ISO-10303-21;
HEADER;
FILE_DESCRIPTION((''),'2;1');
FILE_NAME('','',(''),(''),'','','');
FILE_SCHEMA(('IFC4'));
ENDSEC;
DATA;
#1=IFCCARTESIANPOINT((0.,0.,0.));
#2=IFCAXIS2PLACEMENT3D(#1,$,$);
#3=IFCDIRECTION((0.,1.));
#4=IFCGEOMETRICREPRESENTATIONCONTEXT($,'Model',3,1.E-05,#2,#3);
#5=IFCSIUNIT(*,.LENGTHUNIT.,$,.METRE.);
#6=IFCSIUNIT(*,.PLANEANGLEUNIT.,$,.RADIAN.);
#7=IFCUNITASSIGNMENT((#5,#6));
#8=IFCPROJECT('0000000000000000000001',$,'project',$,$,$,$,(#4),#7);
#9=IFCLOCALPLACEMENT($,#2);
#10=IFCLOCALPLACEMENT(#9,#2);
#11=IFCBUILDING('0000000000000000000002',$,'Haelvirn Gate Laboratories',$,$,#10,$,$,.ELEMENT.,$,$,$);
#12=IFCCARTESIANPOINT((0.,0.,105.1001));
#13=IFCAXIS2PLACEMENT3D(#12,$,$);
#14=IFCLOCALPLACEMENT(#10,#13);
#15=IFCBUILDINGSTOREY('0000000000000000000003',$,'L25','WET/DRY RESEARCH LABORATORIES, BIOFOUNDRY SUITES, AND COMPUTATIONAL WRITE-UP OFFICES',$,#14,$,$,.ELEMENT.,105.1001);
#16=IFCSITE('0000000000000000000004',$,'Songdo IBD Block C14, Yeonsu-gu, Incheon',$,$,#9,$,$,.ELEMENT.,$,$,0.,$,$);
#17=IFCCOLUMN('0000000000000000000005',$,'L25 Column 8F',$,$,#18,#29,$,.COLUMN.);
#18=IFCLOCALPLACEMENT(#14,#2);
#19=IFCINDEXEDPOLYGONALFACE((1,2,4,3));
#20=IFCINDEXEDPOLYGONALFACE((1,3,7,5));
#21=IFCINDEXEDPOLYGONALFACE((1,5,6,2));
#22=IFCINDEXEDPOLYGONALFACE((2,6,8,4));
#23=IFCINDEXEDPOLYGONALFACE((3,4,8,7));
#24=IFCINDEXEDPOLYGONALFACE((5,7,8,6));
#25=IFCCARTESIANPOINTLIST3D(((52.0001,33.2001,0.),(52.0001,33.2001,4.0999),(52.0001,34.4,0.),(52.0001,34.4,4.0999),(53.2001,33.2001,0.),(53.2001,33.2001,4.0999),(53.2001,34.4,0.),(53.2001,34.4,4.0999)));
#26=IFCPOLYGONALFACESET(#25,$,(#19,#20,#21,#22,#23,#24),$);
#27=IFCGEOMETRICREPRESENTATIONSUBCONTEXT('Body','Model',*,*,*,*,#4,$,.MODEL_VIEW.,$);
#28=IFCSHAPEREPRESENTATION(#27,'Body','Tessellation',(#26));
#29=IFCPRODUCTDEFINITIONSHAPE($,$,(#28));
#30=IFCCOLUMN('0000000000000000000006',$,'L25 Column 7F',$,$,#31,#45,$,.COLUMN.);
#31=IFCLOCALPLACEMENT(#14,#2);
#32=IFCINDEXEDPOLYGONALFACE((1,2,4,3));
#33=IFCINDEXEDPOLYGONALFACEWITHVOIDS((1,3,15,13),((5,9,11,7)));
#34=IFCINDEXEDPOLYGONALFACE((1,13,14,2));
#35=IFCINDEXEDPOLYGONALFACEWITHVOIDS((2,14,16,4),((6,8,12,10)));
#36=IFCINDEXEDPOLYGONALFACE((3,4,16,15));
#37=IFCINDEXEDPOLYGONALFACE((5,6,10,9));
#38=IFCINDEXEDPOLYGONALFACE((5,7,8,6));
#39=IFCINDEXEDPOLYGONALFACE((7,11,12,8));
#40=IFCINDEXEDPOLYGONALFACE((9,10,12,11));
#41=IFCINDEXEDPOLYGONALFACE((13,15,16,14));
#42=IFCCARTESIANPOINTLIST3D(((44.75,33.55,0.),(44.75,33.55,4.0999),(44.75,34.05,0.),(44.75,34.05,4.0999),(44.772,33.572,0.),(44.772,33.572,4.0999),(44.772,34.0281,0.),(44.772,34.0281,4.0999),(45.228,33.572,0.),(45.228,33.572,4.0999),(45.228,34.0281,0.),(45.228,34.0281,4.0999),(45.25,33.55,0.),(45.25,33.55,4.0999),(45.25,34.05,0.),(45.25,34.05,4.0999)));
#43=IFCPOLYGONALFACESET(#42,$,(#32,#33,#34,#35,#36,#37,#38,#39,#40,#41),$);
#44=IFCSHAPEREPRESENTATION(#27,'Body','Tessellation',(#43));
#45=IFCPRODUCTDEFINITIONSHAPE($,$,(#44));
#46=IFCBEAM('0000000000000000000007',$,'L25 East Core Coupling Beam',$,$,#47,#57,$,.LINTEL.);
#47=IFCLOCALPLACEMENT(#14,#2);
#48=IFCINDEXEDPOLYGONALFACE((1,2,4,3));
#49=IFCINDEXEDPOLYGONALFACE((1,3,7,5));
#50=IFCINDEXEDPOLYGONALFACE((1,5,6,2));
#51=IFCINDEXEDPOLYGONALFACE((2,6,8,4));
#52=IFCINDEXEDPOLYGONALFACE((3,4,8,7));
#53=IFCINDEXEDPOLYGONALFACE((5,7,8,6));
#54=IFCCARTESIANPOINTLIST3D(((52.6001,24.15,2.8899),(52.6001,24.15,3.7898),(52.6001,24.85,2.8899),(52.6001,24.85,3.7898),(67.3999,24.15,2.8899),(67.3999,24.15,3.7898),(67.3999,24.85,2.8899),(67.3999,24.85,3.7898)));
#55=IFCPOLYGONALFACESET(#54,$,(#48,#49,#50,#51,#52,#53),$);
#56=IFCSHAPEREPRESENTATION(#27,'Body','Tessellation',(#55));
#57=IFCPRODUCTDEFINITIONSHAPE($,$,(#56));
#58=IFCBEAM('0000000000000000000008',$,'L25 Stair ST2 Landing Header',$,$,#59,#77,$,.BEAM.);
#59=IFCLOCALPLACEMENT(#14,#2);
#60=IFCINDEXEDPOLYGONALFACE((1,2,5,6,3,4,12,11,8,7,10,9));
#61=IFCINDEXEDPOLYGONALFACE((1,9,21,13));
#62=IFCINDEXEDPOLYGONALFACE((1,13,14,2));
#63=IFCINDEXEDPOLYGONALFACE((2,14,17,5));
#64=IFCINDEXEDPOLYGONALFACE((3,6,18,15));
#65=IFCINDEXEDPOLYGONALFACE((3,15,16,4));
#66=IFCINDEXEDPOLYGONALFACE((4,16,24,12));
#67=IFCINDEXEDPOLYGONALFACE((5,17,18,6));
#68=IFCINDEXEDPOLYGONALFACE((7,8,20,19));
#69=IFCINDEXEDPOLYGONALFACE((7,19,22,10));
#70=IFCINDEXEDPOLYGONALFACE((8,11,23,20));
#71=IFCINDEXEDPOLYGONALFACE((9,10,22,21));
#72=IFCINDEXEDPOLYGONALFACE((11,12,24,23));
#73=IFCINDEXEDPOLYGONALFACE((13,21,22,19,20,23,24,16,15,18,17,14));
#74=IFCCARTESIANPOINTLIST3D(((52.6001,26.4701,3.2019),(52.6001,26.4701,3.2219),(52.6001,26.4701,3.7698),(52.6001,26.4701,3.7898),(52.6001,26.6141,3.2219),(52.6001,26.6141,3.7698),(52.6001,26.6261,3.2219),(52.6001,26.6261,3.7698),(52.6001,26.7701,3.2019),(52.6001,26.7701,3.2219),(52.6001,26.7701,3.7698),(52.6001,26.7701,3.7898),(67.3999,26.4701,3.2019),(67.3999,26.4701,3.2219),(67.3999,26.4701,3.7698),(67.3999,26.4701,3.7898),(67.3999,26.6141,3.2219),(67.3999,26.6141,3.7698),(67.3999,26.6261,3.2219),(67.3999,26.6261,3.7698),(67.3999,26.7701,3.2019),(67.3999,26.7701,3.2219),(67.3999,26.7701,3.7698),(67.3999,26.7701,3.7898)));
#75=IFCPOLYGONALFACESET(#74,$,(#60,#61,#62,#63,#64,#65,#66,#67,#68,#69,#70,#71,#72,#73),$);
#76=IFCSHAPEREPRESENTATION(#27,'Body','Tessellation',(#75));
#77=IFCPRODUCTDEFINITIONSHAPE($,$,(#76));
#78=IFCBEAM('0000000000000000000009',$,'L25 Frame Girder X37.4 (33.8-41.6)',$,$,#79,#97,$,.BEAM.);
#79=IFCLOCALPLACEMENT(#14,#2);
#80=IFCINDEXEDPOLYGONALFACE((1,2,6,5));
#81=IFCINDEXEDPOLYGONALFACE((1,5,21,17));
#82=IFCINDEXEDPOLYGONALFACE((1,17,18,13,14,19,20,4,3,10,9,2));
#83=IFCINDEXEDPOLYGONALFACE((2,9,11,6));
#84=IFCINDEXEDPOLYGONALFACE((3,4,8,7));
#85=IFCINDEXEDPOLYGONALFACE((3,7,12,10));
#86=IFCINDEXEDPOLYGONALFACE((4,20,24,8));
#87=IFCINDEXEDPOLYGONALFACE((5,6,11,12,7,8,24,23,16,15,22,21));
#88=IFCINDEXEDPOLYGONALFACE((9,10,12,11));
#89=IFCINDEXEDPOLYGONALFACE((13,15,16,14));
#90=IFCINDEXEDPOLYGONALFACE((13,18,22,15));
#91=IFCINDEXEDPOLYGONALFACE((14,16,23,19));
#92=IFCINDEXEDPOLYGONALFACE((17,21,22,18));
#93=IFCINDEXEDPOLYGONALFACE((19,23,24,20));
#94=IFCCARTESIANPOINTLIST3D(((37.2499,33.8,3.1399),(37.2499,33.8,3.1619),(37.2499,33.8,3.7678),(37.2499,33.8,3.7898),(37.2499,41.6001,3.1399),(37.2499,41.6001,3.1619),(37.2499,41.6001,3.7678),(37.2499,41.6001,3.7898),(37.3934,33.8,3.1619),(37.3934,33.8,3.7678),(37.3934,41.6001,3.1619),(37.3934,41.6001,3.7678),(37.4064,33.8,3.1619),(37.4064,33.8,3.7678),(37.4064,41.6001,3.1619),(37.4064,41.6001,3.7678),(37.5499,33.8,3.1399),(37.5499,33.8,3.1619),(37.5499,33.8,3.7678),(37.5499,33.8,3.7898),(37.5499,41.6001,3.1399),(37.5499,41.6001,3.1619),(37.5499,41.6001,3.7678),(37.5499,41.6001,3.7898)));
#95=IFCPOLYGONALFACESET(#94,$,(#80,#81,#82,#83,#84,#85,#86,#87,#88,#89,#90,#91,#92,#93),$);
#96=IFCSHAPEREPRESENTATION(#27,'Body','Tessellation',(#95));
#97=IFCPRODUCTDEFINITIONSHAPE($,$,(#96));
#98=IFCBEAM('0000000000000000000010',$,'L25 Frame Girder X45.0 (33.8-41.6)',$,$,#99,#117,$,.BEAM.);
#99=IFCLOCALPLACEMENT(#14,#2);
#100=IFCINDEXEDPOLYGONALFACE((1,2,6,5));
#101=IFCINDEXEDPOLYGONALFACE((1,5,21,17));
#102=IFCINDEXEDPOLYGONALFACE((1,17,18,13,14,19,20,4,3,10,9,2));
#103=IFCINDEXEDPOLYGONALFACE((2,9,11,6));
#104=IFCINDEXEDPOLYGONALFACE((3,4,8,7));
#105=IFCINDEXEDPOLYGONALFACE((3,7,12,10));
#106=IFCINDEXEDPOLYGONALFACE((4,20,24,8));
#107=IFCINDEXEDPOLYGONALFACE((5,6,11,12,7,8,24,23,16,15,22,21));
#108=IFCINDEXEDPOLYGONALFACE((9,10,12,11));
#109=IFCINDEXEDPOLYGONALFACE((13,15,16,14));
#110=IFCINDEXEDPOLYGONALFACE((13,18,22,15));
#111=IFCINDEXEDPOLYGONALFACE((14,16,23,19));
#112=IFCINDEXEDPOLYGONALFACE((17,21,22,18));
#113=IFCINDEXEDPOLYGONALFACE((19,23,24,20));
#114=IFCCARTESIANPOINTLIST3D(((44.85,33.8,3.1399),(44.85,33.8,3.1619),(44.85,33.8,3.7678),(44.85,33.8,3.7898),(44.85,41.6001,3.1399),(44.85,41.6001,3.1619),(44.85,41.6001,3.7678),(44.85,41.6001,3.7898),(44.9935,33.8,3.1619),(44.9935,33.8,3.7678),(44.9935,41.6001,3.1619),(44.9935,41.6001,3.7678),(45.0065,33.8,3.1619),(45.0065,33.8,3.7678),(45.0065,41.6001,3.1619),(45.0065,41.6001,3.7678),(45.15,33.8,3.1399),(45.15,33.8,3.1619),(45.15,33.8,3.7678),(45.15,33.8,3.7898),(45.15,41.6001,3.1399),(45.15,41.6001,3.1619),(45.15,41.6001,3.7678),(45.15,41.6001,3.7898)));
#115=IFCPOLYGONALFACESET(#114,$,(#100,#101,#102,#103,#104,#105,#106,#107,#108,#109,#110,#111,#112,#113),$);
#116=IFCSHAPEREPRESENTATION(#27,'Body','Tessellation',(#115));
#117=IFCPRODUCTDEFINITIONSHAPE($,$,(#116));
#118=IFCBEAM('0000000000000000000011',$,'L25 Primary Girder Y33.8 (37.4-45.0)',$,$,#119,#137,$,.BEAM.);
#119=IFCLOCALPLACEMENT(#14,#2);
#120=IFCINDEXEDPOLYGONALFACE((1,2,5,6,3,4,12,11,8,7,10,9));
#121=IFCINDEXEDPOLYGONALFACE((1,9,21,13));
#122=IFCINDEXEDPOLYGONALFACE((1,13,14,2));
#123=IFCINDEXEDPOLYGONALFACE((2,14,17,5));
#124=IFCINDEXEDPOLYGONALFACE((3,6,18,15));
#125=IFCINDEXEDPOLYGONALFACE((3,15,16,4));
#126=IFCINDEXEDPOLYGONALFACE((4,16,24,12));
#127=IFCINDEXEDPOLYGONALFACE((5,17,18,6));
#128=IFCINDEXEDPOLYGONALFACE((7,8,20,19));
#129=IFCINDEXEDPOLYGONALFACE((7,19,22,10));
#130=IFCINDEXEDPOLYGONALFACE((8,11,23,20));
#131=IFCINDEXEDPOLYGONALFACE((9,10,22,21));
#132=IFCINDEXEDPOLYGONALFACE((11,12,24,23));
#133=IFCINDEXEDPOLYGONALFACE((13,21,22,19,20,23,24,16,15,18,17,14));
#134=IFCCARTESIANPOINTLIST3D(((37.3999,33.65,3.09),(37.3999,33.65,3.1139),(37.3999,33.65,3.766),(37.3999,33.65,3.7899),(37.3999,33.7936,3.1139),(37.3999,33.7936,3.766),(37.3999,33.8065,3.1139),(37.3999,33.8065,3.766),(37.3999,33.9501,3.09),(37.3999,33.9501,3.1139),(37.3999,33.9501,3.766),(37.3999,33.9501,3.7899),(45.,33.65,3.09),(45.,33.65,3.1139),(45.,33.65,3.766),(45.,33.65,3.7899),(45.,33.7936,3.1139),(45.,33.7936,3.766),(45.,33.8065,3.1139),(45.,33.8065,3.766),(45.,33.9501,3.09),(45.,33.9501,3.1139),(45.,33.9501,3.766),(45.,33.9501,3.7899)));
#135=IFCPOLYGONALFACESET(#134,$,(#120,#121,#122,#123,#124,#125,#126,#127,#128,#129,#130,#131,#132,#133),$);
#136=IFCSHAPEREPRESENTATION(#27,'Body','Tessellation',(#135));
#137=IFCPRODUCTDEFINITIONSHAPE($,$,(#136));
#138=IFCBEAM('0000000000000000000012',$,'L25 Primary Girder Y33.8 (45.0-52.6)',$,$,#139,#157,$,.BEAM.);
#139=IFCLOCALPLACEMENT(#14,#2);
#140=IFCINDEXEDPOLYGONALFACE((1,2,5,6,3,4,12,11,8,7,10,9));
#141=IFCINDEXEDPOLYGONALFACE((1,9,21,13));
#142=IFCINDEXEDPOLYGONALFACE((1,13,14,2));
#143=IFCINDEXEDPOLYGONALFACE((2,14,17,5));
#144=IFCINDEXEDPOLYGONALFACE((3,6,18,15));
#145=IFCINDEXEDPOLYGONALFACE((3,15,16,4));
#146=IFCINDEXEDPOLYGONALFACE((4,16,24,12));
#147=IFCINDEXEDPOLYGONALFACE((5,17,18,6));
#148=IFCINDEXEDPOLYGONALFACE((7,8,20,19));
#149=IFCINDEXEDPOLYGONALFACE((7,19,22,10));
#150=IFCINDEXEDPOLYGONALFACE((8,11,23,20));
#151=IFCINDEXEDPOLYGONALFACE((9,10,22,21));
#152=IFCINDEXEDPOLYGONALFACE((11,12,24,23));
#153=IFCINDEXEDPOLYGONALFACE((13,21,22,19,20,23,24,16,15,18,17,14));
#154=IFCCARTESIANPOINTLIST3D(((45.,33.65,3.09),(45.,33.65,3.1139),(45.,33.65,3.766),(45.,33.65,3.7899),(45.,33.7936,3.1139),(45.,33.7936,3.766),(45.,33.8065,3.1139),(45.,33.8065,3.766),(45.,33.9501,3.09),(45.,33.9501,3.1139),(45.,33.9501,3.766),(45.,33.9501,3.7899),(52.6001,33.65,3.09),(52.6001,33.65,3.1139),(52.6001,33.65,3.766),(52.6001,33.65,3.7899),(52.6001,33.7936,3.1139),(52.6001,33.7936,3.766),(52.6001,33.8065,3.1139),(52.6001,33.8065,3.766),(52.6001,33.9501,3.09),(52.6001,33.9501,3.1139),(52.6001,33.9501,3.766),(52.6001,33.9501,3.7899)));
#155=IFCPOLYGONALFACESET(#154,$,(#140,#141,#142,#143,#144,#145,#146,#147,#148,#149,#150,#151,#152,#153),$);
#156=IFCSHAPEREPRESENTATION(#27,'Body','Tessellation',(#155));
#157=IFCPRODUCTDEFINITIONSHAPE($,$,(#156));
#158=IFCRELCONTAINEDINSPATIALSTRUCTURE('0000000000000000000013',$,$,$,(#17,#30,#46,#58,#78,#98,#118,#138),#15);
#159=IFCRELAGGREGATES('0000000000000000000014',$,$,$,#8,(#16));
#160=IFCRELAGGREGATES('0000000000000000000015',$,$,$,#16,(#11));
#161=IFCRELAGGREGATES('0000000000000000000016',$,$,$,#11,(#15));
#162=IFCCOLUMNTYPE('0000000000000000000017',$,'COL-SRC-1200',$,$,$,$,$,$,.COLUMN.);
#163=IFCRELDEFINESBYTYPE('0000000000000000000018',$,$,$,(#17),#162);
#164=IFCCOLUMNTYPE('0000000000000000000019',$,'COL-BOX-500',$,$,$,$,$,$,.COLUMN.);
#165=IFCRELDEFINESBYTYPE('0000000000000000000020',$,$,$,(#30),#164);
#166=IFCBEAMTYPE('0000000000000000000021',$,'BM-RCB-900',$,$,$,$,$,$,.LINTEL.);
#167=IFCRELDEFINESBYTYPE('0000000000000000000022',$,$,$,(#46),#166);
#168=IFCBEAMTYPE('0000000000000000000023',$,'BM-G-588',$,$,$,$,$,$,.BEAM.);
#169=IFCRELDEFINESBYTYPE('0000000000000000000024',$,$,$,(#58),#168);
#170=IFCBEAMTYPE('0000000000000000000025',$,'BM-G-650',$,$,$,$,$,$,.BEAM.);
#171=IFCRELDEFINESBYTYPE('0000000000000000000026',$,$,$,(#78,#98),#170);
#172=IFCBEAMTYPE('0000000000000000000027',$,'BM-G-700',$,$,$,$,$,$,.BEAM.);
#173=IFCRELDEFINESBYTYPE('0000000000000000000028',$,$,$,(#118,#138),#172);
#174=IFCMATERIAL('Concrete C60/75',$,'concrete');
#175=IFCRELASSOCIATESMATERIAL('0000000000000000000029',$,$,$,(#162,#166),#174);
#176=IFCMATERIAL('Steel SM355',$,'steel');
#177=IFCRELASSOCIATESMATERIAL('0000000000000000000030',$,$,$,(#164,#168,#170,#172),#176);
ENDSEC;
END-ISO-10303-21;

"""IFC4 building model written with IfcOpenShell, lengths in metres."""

from ifc_helpers import new_model, si_unit, direction, frame, origin, origin_2d, place, context, subcontext, project, spatial, rectangle, hollow_rectangle, i_section, extrude, source, transform, mapped, material, material_profile, profile_set, type_object, type_shapes, element, save


model = new_model("IFC4")

# Units and contexts
model_context = context("Model", 3, precision=1e-05, world=origin(), true_north=direction((0.0, 1.0)))
body_context = subcontext(model_context, "Body", "Model", "MODEL_VIEW")
ifc_project = project(units=[si_unit("LENGTHUNIT", "METRE"), si_unit("PLANEANGLEUNIT", "RADIAN")], contexts=[model_context])

# Site, building, storey
site_placement = place(None, origin())
site = spatial("IfcSite", under=ifc_project, at=site_placement, Name="Songdo IBD Block C14, Yeonsu-gu, Incheon", CompositionType="ELEMENT", RefElevation=0.0)
building_placement = place(site_placement, origin())
building = spatial("IfcBuilding", under=site, at=building_placement, Name="Haelvirn Gate Laboratories", CompositionType="ELEMENT")
storey_placement = place(building_placement, frame((0.0, 0.0, 105.1001)))
storey = spatial("IfcBuildingStorey", under=building, at=storey_placement, Name="L25", Description="WET/DRY RESEARCH LABORATORIES, BIOFOUNDRY SUITES, AND COMPUTATIONAL WRITE-UP OFFICES", CompositionType="ELEMENT", Elevation=105.1001)

# Columns
ifc_material_1 = material(Name="Concrete C60/75", Category="concrete")
ifc_material_profile_1 = material_profile(ifc_material_1, rectangle(XDim=1.2, YDim=1.2, at=origin_2d()), Name="SRC-1200x1200")
ifc_profile_set_1 = profile_set([ifc_material_profile_1], Name="Concrete C60/75")
column_type_1 = type_object("IfcColumnType", Name="COL-SRC-1200", PredefinedType="COLUMN", material=ifc_profile_set_1)
shared_shape_1 = source(origin(), body_context, "Body", "SweptSolid", [
    extrude(rectangle(XDim=1.2, YDim=1.2, at=origin_2d()), origin(), (0.0, 0.0, 1.0), 4.0999),
])
type_shapes(column_type_1, [shared_shape_1])
column_1_placement = place(storey_placement, frame((52.6001, 33.8, 0.0), z_axis=(0.0, 0.0, 1.0), x_axis=(1.0, 0.0, 0.0)))
element("IfcColumn", 1, at=column_1_placement, inside=storey, type_object=column_type_1, Name="L25 Column 8F", PredefinedType="COLUMN", context=body_context, shape_type="MappedRepresentation", body=[
    mapped(shared_shape_1, transform((0.0, 0.0, 0.0), scale=1.0)),
])
ifc_material_2 = material(Name="Steel SM355", Category="steel")
ifc_material_profile_2 = material_profile(ifc_material_2, hollow_rectangle(XDim=0.5, YDim=0.5, WallThickness=0.022, at=origin_2d()), Name="BOX-500x500x22")
ifc_profile_set_2 = profile_set([ifc_material_profile_2], Name="Steel SM355")
column_type_2 = type_object("IfcColumnType", Name="COL-BOX-500", PredefinedType="COLUMN", material=ifc_profile_set_2)
shared_shape_2 = source(origin(), body_context, "Body", "SweptSolid", [
    extrude(hollow_rectangle(XDim=0.5, YDim=0.5, WallThickness=0.022, at=origin_2d()), origin(), (0.0, 0.0, 1.0), 4.0999),
])
type_shapes(column_type_2, [shared_shape_2])
column_2_placement = place(storey_placement, frame((45.0, 33.8, 0.0), z_axis=(0.0, 0.0, 1.0), x_axis=(1.0, 0.0, 0.0)))
element("IfcColumn", 2, at=column_2_placement, inside=storey, type_object=column_type_2, Name="L25 Column 7F", PredefinedType="COLUMN", context=body_context, shape_type="MappedRepresentation", body=[
    mapped(shared_shape_2, transform((0.0, 0.0, 0.0), scale=1.0)),
])

# Beams
ifc_material_profile_3 = material_profile(ifc_material_1, rectangle(XDim=0.7, YDim=0.8999, at=origin_2d()), Name="RCB-700x900")
ifc_profile_set_3 = profile_set([ifc_material_profile_3], Name="Concrete C60/75")
beam_type_1 = type_object("IfcBeamType", Name="BM-RCB-900", PredefinedType="LINTEL", material=ifc_profile_set_3)
shared_shape_3 = source(origin(), body_context, "Body", "SweptSolid", [
    extrude(rectangle(XDim=0.7, YDim=0.8999, at=origin_2d()), origin(), (0.0, 0.0, 1.0), 14.7998),
])
type_shapes(beam_type_1, [shared_shape_3])
beam_1_placement = place(storey_placement, frame((52.6001, 24.5, 3.3398), z_axis=(1.0, 0.0, 0.0), x_axis=(0.0, 1.0, 0.0)))
element("IfcBeam", 3, at=beam_1_placement, inside=storey, type_object=beam_type_1, Name="L25 East Core Coupling Beam", PredefinedType="LINTEL", context=body_context, shape_type="MappedRepresentation", body=[
    mapped(shared_shape_3, transform((0.0, 0.0, 0.0), scale=1.0)),
])
ifc_material_profile_4 = material_profile(ifc_material_2, i_section(OverallWidth=0.3, OverallDepth=0.5879, WebThickness=0.012, FlangeThickness=0.02, at=origin_2d()), Name="H-588x300x12x20")
ifc_profile_set_4 = profile_set([ifc_material_profile_4], Name="Steel SM355")
beam_type_2 = type_object("IfcBeamType", Name="BM-G-588", PredefinedType="BEAM", material=ifc_profile_set_4)
shared_shape_4 = source(origin(), body_context, "Body", "SweptSolid", [
    extrude(i_section(OverallWidth=0.3, OverallDepth=0.5879, WebThickness=0.012, FlangeThickness=0.02, at=origin_2d()), origin(), (0.0, 0.0, 1.0), 14.7998),
])
type_shapes(beam_type_2, [shared_shape_4])
beam_2_placement = place(storey_placement, frame((52.6001, 26.6201, 3.4958), z_axis=(1.0, 0.0, 0.0), x_axis=(0.0, 1.0, 0.0)))
element("IfcBeam", 4, at=beam_2_placement, inside=storey, type_object=beam_type_2, Name="L25 Stair ST2 Landing Header", PredefinedType="BEAM", context=body_context, shape_type="MappedRepresentation", body=[
    mapped(shared_shape_4, transform((0.0, 0.0, 0.0), scale=1.0)),
])
ifc_material_profile_5 = material_profile(ifc_material_2, i_section(OverallWidth=0.3, OverallDepth=0.6499, WebThickness=0.0129, FlangeThickness=0.022, at=origin_2d()), Name="H-650x300x13x22")
ifc_profile_set_5 = profile_set([ifc_material_profile_5], Name="Steel SM355")
beam_type_3 = type_object("IfcBeamType", Name="BM-G-650", PredefinedType="BEAM", material=ifc_profile_set_5)
shared_shape_5 = source(origin(), body_context, "Body", "SweptSolid", [
    extrude(i_section(OverallWidth=0.3, OverallDepth=0.6499, WebThickness=0.0129, FlangeThickness=0.022, at=origin_2d()), origin(), (0.0, 0.0, 1.0), 7.8),
])
type_shapes(beam_type_3, [shared_shape_5])
for number, where, z_axis, x_axis, name in (
    (5, (37.3999, 33.8, 3.4648), (0.0, 1.0, 0.0), (-1.0, 0.0, 0.0), "L25 Frame Girder X37.4 (33.8-41.6)"),
    (6, (45.0, 33.8, 3.4648), (0.0, 1.0, 0.0), (-1.0, 0.0, 0.0), "L25 Frame Girder X45.0 (33.8-41.6)"),
):
    element("IfcBeam", number, at=place(storey_placement, frame(where, z_axis=z_axis, x_axis=x_axis)), inside=storey, type_object=beam_type_3, Name=name, PredefinedType="BEAM", context=body_context, shape_type="MappedRepresentation", body=[
        mapped(shared_shape_5, transform((0.0, 0.0, 0.0), scale=1.0)),
    ])
ifc_material_profile_6 = material_profile(ifc_material_2, i_section(OverallWidth=0.3, OverallDepth=0.7, WebThickness=0.0129, FlangeThickness=0.0239, at=origin_2d()), Name="H-700x300x13x24")
ifc_profile_set_6 = profile_set([ifc_material_profile_6], Name="Steel SM355")
beam_type_4 = type_object("IfcBeamType", Name="BM-G-700", PredefinedType="BEAM", material=ifc_profile_set_6)
shared_shape_6 = source(origin(), body_context, "Body", "SweptSolid", [
    extrude(i_section(OverallWidth=0.3, OverallDepth=0.7, WebThickness=0.0129, FlangeThickness=0.0239, at=origin_2d()), origin(), (0.0, 0.0, 1.0), 7.6001),
])
type_shapes(beam_type_4, [shared_shape_6])
for number, where, z_axis, x_axis, name in (
    (7, (37.3999, 33.8, 3.4399), (1.0, 0.0, 0.0), (0.0, 1.0, 0.0), "L25 Primary Girder Y33.8 (37.4-45.0)"),
    (8, (45.0, 33.8, 3.4399), (1.0, 0.0, 0.0), (0.0, 1.0, 0.0), "L25 Primary Girder Y33.8 (45.0-52.6)"),
):
    element("IfcBeam", number, at=place(storey_placement, frame(where, z_axis=z_axis, x_axis=x_axis)), inside=storey, type_object=beam_type_4, Name=name, PredefinedType="BEAM", context=body_context, shape_type="MappedRepresentation", body=[
        mapped(shared_shape_6, transform((0.0, 0.0, 0.0), scale=1.0)),
    ])

save(model, "model.ifc")
